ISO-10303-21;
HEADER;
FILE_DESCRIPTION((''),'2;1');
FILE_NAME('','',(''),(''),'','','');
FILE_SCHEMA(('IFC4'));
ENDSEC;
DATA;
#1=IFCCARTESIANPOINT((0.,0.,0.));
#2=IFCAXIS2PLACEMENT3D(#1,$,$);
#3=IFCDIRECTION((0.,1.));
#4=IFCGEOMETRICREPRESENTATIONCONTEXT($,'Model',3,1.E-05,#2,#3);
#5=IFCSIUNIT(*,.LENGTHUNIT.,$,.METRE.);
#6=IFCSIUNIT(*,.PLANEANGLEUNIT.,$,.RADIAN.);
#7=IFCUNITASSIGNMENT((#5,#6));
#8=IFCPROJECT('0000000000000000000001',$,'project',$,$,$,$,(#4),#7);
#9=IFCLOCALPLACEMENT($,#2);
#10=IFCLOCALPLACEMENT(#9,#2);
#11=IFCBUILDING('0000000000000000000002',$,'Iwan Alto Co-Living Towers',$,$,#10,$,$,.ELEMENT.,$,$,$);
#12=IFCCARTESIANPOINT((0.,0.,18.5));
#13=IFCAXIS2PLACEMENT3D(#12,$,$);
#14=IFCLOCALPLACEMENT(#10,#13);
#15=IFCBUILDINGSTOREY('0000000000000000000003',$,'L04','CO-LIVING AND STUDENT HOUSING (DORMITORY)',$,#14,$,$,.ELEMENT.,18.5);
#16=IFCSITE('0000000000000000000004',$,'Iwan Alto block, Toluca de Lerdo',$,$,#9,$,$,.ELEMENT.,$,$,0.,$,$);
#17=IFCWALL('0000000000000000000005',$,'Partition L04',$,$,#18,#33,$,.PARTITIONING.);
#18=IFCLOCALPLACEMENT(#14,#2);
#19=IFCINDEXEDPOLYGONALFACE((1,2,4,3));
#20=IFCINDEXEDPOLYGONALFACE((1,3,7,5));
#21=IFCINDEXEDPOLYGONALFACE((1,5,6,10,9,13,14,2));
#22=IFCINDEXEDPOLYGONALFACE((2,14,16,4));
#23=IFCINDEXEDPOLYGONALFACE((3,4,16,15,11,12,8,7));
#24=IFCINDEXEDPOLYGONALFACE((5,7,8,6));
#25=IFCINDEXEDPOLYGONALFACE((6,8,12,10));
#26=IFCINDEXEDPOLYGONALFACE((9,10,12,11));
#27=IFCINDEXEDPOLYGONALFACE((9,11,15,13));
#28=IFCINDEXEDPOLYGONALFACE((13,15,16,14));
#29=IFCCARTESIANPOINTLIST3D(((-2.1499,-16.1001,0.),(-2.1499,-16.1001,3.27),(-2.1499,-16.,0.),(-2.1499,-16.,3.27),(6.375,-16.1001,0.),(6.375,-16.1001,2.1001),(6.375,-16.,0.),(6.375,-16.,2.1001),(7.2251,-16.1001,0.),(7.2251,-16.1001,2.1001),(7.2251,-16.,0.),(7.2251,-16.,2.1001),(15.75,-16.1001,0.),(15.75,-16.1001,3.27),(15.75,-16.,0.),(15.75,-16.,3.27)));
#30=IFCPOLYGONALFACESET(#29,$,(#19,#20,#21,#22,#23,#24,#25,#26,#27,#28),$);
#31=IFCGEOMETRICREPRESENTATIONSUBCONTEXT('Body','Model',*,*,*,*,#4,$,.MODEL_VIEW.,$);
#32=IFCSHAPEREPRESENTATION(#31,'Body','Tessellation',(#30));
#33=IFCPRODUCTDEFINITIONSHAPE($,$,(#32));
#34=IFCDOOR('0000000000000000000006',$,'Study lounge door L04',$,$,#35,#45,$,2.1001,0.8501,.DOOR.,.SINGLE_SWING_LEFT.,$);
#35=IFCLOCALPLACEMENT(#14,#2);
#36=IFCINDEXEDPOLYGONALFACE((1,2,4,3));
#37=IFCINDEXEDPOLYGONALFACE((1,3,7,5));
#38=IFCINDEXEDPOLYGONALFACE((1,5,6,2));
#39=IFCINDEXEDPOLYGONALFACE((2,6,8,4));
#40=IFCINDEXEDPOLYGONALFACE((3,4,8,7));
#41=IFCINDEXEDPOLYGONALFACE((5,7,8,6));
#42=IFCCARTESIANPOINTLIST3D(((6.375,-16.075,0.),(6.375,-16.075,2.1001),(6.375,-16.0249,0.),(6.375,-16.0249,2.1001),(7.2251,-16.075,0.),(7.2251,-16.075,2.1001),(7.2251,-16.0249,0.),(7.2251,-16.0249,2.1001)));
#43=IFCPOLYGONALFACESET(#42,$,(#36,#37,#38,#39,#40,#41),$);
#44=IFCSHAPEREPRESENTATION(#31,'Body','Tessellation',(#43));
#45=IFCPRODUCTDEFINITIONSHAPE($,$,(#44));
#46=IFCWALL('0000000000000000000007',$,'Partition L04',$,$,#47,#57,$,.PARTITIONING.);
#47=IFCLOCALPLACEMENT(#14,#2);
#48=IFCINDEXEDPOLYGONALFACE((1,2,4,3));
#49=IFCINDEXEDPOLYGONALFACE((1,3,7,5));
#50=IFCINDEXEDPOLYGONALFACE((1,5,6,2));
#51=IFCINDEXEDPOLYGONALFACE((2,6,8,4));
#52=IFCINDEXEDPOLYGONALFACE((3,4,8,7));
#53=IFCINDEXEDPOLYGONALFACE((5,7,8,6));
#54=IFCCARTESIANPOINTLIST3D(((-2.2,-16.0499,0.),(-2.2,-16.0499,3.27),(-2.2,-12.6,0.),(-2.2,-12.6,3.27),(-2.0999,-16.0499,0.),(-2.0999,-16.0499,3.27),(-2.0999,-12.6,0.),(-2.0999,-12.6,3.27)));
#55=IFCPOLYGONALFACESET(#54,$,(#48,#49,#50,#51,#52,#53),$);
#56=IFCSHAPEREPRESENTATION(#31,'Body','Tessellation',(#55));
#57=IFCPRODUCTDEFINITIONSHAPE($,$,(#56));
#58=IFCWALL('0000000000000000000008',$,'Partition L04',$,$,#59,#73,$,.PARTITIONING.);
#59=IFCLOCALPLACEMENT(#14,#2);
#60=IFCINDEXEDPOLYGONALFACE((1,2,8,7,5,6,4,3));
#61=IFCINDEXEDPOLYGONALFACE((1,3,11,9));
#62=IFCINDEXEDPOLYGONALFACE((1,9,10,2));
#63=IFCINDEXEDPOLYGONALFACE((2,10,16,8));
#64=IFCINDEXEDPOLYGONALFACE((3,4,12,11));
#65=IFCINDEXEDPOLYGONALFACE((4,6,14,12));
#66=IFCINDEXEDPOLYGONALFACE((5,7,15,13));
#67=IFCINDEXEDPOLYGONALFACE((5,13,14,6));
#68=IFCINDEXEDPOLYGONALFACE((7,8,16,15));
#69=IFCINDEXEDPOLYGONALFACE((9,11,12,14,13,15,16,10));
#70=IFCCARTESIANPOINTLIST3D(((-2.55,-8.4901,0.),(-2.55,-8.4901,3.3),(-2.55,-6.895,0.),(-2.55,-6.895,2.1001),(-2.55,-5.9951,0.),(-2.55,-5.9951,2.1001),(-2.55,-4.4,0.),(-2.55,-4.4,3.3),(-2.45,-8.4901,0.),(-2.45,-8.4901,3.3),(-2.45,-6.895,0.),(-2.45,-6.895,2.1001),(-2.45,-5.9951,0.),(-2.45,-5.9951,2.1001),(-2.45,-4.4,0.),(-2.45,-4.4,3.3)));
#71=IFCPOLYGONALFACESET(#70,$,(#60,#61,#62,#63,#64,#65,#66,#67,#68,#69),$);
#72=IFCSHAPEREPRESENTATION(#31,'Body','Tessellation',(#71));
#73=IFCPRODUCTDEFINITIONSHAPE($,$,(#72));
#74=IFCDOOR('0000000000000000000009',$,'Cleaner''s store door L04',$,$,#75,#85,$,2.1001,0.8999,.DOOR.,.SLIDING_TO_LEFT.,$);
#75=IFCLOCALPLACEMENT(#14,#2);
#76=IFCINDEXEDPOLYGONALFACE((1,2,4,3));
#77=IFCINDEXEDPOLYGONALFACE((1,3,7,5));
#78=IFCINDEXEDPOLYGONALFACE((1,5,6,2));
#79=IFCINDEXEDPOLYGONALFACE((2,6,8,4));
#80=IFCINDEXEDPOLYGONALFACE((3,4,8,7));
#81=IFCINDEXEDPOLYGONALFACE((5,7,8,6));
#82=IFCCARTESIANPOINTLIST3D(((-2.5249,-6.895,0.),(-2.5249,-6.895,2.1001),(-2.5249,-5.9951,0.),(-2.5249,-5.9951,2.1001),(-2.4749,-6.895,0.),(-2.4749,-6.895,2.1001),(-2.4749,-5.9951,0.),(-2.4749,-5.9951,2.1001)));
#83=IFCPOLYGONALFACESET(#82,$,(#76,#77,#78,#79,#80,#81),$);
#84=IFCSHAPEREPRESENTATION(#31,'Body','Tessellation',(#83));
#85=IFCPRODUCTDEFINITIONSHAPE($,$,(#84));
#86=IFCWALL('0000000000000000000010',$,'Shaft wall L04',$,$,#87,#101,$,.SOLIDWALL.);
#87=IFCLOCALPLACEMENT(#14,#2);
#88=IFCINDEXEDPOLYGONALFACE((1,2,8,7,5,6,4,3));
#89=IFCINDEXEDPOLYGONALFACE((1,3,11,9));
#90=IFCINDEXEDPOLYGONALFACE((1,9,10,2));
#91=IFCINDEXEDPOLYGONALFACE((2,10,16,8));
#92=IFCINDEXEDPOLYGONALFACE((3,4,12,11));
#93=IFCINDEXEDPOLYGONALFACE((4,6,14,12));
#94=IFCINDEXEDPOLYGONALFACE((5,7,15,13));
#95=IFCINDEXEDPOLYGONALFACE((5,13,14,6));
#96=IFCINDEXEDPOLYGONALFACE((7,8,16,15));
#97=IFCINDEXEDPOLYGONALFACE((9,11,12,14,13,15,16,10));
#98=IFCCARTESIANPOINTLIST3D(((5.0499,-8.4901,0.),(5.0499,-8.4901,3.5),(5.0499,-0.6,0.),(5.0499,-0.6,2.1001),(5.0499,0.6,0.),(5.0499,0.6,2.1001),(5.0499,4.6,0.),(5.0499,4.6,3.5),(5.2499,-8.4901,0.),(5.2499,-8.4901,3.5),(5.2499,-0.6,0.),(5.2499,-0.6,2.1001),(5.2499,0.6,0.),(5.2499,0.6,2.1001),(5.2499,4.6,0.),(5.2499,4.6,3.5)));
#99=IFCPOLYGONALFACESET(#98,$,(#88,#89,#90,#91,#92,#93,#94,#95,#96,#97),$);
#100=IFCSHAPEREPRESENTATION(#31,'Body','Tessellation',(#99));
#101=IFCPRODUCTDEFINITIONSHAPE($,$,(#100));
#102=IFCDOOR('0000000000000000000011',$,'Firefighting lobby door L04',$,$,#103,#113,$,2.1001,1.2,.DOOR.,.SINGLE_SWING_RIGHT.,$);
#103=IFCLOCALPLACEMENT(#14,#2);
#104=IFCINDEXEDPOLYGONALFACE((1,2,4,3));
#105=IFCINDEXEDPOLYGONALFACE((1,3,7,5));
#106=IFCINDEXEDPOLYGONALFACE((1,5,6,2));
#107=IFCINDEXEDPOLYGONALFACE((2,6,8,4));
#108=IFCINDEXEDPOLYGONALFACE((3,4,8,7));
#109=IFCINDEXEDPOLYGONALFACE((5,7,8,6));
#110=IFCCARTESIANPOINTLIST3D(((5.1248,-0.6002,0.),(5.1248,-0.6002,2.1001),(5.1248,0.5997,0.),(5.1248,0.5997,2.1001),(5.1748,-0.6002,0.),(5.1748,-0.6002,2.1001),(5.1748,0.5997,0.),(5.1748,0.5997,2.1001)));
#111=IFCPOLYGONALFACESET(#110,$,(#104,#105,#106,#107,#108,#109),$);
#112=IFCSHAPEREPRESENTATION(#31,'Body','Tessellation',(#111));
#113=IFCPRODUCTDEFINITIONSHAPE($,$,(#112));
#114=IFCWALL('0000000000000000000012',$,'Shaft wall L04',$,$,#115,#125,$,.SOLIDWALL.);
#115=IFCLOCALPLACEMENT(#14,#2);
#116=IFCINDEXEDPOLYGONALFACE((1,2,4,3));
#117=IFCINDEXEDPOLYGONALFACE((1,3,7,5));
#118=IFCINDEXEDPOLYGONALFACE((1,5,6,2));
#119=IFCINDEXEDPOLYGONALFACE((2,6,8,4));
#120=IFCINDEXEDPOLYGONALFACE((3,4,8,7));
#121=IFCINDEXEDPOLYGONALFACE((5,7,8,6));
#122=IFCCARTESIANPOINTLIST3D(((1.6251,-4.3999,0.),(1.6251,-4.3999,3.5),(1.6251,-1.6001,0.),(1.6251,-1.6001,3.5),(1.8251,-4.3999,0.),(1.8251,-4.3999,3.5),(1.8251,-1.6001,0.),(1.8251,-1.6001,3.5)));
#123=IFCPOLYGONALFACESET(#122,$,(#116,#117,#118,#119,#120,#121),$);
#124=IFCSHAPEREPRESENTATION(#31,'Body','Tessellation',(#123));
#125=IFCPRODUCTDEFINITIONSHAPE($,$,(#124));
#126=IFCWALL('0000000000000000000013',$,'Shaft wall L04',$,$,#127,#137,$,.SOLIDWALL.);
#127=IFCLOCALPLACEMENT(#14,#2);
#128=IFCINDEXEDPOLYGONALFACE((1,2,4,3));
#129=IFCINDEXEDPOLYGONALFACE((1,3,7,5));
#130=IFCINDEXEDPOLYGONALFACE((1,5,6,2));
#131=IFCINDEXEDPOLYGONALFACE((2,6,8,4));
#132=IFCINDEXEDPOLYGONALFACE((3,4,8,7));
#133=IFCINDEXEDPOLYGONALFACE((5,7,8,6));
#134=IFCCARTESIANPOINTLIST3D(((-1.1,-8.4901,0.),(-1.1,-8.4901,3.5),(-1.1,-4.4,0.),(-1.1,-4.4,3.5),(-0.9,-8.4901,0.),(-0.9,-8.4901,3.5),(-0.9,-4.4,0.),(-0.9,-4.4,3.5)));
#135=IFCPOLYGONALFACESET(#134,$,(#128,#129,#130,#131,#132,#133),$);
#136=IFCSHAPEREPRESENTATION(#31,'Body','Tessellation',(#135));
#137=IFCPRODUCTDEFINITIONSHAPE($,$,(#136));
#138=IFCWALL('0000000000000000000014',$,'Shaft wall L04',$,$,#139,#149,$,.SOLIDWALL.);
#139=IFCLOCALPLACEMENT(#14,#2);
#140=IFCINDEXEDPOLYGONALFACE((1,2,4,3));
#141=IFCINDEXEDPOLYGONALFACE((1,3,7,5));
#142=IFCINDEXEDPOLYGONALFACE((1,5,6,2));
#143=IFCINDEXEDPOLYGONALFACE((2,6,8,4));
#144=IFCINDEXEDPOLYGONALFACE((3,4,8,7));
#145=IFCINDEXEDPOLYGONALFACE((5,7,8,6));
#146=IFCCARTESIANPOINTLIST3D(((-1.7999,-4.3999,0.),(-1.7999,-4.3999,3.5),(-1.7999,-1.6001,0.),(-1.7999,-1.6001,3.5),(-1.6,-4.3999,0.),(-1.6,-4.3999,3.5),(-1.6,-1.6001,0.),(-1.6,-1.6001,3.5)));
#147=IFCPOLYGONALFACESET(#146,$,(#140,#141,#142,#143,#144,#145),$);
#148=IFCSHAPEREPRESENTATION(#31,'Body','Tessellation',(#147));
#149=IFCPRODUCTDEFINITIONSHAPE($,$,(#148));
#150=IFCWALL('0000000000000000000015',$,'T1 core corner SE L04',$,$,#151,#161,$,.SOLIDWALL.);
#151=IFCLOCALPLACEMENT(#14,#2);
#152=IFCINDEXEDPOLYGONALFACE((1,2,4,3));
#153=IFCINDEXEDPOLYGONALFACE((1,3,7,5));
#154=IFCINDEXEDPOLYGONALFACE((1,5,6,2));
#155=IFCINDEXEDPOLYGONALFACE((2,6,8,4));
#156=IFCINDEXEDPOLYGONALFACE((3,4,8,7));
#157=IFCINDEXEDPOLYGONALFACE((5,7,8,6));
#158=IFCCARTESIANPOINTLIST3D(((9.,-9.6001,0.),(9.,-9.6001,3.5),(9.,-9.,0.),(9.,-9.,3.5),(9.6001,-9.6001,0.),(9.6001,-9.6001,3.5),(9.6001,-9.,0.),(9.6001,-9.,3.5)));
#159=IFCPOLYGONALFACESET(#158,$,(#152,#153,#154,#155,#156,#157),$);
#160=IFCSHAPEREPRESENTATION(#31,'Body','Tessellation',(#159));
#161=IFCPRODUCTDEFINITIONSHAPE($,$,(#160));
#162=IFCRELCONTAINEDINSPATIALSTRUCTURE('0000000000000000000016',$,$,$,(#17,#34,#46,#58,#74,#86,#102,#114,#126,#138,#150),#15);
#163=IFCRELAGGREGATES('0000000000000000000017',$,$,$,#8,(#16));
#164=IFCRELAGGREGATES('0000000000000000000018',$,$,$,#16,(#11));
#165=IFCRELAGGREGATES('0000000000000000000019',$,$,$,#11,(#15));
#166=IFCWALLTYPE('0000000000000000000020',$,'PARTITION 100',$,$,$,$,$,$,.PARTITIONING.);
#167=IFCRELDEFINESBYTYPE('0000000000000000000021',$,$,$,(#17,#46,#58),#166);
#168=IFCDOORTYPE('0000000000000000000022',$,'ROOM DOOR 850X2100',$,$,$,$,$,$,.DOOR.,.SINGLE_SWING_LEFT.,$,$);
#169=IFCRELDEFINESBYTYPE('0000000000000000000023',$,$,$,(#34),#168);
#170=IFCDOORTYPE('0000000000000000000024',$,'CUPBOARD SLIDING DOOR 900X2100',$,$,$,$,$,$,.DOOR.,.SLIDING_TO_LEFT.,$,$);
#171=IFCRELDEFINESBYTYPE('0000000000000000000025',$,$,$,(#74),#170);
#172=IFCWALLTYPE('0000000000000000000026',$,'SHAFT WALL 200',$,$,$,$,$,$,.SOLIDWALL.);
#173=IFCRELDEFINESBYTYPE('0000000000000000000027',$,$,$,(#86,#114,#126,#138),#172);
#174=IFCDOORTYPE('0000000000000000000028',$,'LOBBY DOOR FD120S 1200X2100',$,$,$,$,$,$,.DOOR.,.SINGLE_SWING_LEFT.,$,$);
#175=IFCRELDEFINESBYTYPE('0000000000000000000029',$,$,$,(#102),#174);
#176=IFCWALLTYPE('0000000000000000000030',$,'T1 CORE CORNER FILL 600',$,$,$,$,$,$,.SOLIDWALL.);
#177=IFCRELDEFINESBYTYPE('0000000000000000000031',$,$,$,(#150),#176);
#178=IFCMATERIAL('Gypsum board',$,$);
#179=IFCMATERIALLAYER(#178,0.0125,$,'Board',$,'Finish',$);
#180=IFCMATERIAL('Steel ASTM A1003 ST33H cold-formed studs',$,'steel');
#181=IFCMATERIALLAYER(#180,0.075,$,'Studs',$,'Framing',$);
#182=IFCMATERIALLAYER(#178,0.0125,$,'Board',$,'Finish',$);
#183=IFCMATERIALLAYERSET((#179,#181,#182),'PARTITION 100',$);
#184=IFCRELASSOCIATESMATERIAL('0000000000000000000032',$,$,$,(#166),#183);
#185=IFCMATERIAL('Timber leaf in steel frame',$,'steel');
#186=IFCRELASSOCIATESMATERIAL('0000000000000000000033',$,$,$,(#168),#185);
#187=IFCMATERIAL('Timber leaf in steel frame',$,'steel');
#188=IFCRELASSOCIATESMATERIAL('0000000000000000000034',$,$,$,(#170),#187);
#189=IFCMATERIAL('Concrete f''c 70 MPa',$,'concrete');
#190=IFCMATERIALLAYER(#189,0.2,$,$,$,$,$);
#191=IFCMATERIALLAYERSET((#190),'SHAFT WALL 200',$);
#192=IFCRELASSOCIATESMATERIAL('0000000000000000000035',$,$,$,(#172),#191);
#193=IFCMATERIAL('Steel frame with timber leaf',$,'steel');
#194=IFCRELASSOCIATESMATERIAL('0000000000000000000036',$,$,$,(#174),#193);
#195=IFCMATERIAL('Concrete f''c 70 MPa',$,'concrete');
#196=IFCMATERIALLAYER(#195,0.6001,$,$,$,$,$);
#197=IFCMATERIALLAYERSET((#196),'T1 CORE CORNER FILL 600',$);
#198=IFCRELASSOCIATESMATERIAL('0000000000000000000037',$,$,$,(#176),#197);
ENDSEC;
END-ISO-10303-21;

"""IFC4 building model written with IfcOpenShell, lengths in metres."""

from ifc_helpers import new_model, si_unit, direction, frame, frame_2d, origin, place, context, subcontext, project, spatial, rectangle, extrude, material, layer, layer_set, type_object, element, fill, save


model = new_model("IFC4")

# Units and contexts
model_context = context("Model", 3, precision=1e-05, world=origin(), true_north=direction((0.0, 1.0)))
body_context = subcontext(model_context, "Body", "Model", "MODEL_VIEW")
ifc_project = project(units=[si_unit("LENGTHUNIT", "METRE"), si_unit("PLANEANGLEUNIT", "RADIAN")], contexts=[model_context])

# Site, building, storey
site_placement = place(None, origin())
site = spatial("IfcSite", under=ifc_project, at=site_placement, Name="Iwan Alto block, Toluca de Lerdo", CompositionType="ELEMENT", RefElevation=0.0)
building_placement = place(site_placement, origin())
building = spatial("IfcBuilding", under=site, at=building_placement, Name="Iwan Alto Co-Living Towers", CompositionType="ELEMENT")
storey_placement = place(building_placement, frame((0.0, 0.0, 18.5)))
storey = spatial("IfcBuildingStorey", under=building, at=storey_placement, Name="L04", Description="CO-LIVING AND STUDENT HOUSING (DORMITORY)", CompositionType="ELEMENT", Elevation=18.5)

# Wall, opening, door
ifc_material_1 = material(Name="Gypsum board")
ifc_layer_1 = layer(ifc_material_1, 0.0125, Name="Board", Category="Finish")
ifc_material_2 = material(Name="Steel ASTM A1003 ST33H cold-formed studs", Category="steel")
ifc_layer_2 = layer(ifc_material_2, 0.075, Name="Studs", Category="Framing")
ifc_layer_3 = layer(ifc_material_1, 0.0125, Name="Board", Category="Finish")
ifc_layer_set_1 = layer_set([ifc_layer_1, ifc_layer_2, ifc_layer_3], Name="PARTITION 100")
wall_type_1 = type_object("IfcWallType", Name="PARTITION 100", PredefinedType="PARTITIONING", material=ifc_layer_set_1)
wall_1_placement = place(storey_placement, frame((-2.1499, -16.05, 0.0), z_axis=(0.0, 0.0, 1.0), x_axis=(1.0, 0.0, 0.0)))
wall_1 = element("IfcWall", 1, at=wall_1_placement, inside=storey, type_object=wall_type_1, Name="Partition L04", PredefinedType="PARTITIONING", context=body_context, shape_type="SweptSolid", body=[
    extrude(rectangle(XDim=17.8999, YDim=0.1001, at=frame_2d((8.95, 0.0))), origin(), (0.0, 0.0, 1.0), 3.27),
])
opening_1_placement = place(wall_1_placement, frame((8.5249, 0.0, 0.0)))
opening_1 = element("IfcOpeningElement", 2, at=opening_1_placement, cuts=wall_1, PredefinedType="OPENING", context=body_context, shape_type="SweptSolid", body=[
    extrude(rectangle(XDim=0.8501, YDim=2.1001, at=frame_2d((0.425, 1.05))), frame((0.0, 0.0601, 0.0), z_axis=(0.0, -1.0, 0.0), x_axis=(1.0, 0.0, 0.0)), (0.0, 0.0, 1.0), 0.1201),
])
ifc_material_3 = material(Name="Timber leaf in steel frame", Category="steel")
door_type_1 = type_object("IfcDoorType", Name="ROOM DOOR 850X2100", OperationType="SINGLE_SWING_LEFT", PredefinedType="DOOR", material=ifc_material_3)
door_1_placement = place(opening_1_placement, frame((0.8501, 0.0, 0.0), z_axis=(0.0, 0.0, 1.0), x_axis=(-1.0, 0.0, 0.0)))
door_1 = element("IfcDoor", 3, at=door_1_placement, inside=storey, type_object=door_type_1, Name="Study lounge door L04", OperationType="SINGLE_SWING_LEFT", OverallHeight=2.1001, OverallWidth=0.8501, PredefinedType="DOOR", context=body_context, shape_type="SweptSolid", body=[
    extrude(rectangle(XDim=0.8501, YDim=2.1001, at=frame_2d((0.425, 1.05))), frame((0.0, 0.0249, 0.0), z_axis=(0.0, -1.0, 0.0), x_axis=(1.0, 0.0, 0.0)), (0.0, 0.0, 1.0), 0.05),
])
fill(opening_1, door_1)

# Wall
wall_2_placement = place(storey_placement, frame((-2.1499, -16.05, 0.0), z_axis=(0.0, 0.0, 1.0), x_axis=(0.0, 1.0, 0.0)))
element("IfcWall", 4, at=wall_2_placement, inside=storey, type_object=wall_type_1, Name="Partition L04", PredefinedType="PARTITIONING", context=body_context, shape_type="SweptSolid", body=[
    extrude(rectangle(XDim=3.45, YDim=0.1001, at=frame_2d((1.7251, 0.0))), origin(), (0.0, 0.0, 1.0), 3.27),
])

# Walls, openings, doors
wall_3_placement = place(storey_placement, frame((-2.5, -8.49, 0.0), z_axis=(0.0, 0.0, 1.0), x_axis=(0.0, 1.0, 0.0)))
wall_3 = element("IfcWall", 5, at=wall_3_placement, inside=storey, type_object=wall_type_1, Name="Partition L04", PredefinedType="PARTITIONING", context=body_context, shape_type="SweptSolid", body=[
    extrude(rectangle(XDim=4.0901, YDim=0.1001, at=frame_2d((2.0449, 0.0))), origin(), (0.0, 0.0, 1.0), 3.3),
])
opening_2_placement = place(wall_3_placement, frame((1.595, 0.0, 0.0)))
opening_2 = element("IfcOpeningElement", 6, at=opening_2_placement, cuts=wall_3, PredefinedType="OPENING", context=body_context, shape_type="SweptSolid", body=[
    extrude(rectangle(XDim=0.8999, YDim=2.1001, at=frame_2d((0.45, 1.05))), frame((0.0, 0.0601, 0.0), z_axis=(0.0, -1.0, 0.0), x_axis=(1.0, 0.0, 0.0)), (0.0, 0.0, 1.0), 0.1201),
])
ifc_material_4 = material(Name="Timber leaf in steel frame", Category="steel")
door_type_2 = type_object("IfcDoorType", Name="CUPBOARD SLIDING DOOR 900X2100", OperationType="SLIDING_TO_LEFT", PredefinedType="DOOR", material=ifc_material_4)
door_2_placement = place(opening_2_placement, origin())
door_2 = element("IfcDoor", 7, at=door_2_placement, inside=storey, type_object=door_type_2, Name="Cleaner's store door L04", OperationType="SLIDING_TO_LEFT", OverallHeight=2.1001, OverallWidth=0.8999, PredefinedType="DOOR", context=body_context, shape_type="SweptSolid", body=[
    extrude(rectangle(XDim=0.8999, YDim=2.1001, at=frame_2d((0.45, 1.05))), frame((0.0, 0.0249, 0.0), z_axis=(0.0, -1.0, 0.0), x_axis=(1.0, 0.0, 0.0)), (0.0, 0.0, 1.0), 0.05),
])
fill(opening_2, door_2)
ifc_material_5 = material(Name="Concrete f'c 70 MPa", Category="concrete")
ifc_layer_4 = layer(ifc_material_5, 0.2)
ifc_layer_set_2 = layer_set([ifc_layer_4], Name="SHAFT WALL 200")
wall_type_2 = type_object("IfcWallType", Name="SHAFT WALL 200", PredefinedType="SOLIDWALL", material=ifc_layer_set_2)
wall_4_placement = place(storey_placement, frame((5.1499, -8.49, 0.0), z_axis=(0.0, 0.0, 1.0), x_axis=(0.0, 1.0, 0.0)))
wall_4 = element("IfcWall", 8, at=wall_4_placement, inside=storey, type_object=wall_type_2, Name="Shaft wall L04", PredefinedType="SOLIDWALL", context=body_context, shape_type="SweptSolid", body=[
    extrude(rectangle(XDim=13.0901, YDim=0.2, at=frame_2d((6.5449, 0.0))), origin(), (0.0, 0.0, 1.0), 3.5),
])
opening_3_placement = place(wall_4_placement, frame((7.8899, 0.0, 0.0)))
opening_3 = element("IfcOpeningElement", 9, at=opening_3_placement, cuts=wall_4, PredefinedType="OPENING", context=body_context, shape_type="SweptSolid", body=[
    extrude(rectangle(XDim=1.2, YDim=2.1001, at=frame_2d((0.6001, 1.05))), frame((0.0, 0.1099, 0.0), z_axis=(0.0, -1.0, 0.0), x_axis=(1.0, 0.0, 0.0)), (0.0, 0.0, 1.0), 0.22),
])
ifc_material_6 = material(Name="Steel frame with timber leaf", Category="steel")
door_type_3 = type_object("IfcDoorType", Name="LOBBY DOOR FD120S 1200X2100", OperationType="SINGLE_SWING_LEFT", PredefinedType="DOOR", material=ifc_material_6)
door_3_placement = place(opening_3_placement, frame((1.2, 0.0, 0.0), z_axis=(0.0, 0.0, 1.0), x_axis=(-1.0, 0.0, 0.0)))
door_3 = element("IfcDoor", 10, at=door_3_placement, inside=storey, type_object=door_type_3, Name="Firefighting lobby door L04", OperationType="SINGLE_SWING_RIGHT", OverallHeight=2.1001, OverallWidth=1.2, PredefinedType="DOOR", context=body_context, shape_type="SweptSolid", body=[
    extrude(rectangle(XDim=1.2, YDim=2.1001, at=frame_2d((0.6001, 1.05))), frame((0.0, 0.0249, 0.0), z_axis=(0.0, -1.0, 0.0), x_axis=(1.0, 0.0, 0.0)), (0.0, 0.0, 1.0), 0.05),
])
fill(opening_3, door_3)

# Walls
wall_5_placement = place(storey_placement, frame((1.7251, -4.3999, 0.0), z_axis=(0.0, 0.0, 1.0), x_axis=(0.0, 1.0, 0.0)))
element("IfcWall", 11, at=wall_5_placement, inside=storey, type_object=wall_type_2, Name="Shaft wall L04", PredefinedType="SOLIDWALL", context=body_context, shape_type="SweptSolid", body=[
    extrude(rectangle(XDim=2.7998, YDim=0.2, at=frame_2d((1.3999, 0.0))), origin(), (0.0, 0.0, 1.0), 3.5),
])
wall_6_placement = place(storey_placement, frame((-1.0, -8.49, 0.0), z_axis=(0.0, 0.0, 1.0), x_axis=(0.0, 1.0, 0.0)))
element("IfcWall", 12, at=wall_6_placement, inside=storey, type_object=wall_type_2, Name="Shaft wall L04", PredefinedType="SOLIDWALL", context=body_context, shape_type="SweptSolid", body=[
    extrude(rectangle(XDim=4.0901, YDim=0.2, at=frame_2d((2.0449, 0.0))), origin(), (0.0, 0.0, 1.0), 3.5),
])
wall_7_placement = place(storey_placement, frame((-1.7, -4.3999, 0.0), z_axis=(0.0, 0.0, 1.0), x_axis=(0.0, 1.0, 0.0)))
element("IfcWall", 13, at=wall_7_placement, inside=storey, type_object=wall_type_2, Name="Shaft wall L04", PredefinedType="SOLIDWALL", context=body_context, shape_type="SweptSolid", body=[
    extrude(rectangle(XDim=2.7998, YDim=0.2, at=frame_2d((1.3999, 0.0))), origin(), (0.0, 0.0, 1.0), 3.5),
])
ifc_material_7 = material(Name="Concrete f'c 70 MPa", Category="concrete")
ifc_layer_5 = layer(ifc_material_7, 0.6001)
ifc_layer_set_3 = layer_set([ifc_layer_5], Name="T1 CORE CORNER FILL 600")
wall_type_3 = type_object("IfcWallType", Name="T1 CORE CORNER FILL 600", PredefinedType="SOLIDWALL", material=ifc_layer_set_3)
wall_8_placement = place(storey_placement, frame((9.0, -9.3, 0.0), z_axis=(0.0, 0.0, 1.0), x_axis=(1.0, 0.0, 0.0)))
element("IfcWall", 14, at=wall_8_placement, inside=storey, type_object=wall_type_3, Name="T1 core corner SE L04", PredefinedType="SOLIDWALL", context=body_context, shape_type="SweptSolid", body=[
    extrude(rectangle(XDim=0.6001, YDim=0.6001, at=frame_2d((0.3, 0.0))), origin(), (0.0, 0.0, 1.0), 3.5),
])

save(model, "model.ifc")
